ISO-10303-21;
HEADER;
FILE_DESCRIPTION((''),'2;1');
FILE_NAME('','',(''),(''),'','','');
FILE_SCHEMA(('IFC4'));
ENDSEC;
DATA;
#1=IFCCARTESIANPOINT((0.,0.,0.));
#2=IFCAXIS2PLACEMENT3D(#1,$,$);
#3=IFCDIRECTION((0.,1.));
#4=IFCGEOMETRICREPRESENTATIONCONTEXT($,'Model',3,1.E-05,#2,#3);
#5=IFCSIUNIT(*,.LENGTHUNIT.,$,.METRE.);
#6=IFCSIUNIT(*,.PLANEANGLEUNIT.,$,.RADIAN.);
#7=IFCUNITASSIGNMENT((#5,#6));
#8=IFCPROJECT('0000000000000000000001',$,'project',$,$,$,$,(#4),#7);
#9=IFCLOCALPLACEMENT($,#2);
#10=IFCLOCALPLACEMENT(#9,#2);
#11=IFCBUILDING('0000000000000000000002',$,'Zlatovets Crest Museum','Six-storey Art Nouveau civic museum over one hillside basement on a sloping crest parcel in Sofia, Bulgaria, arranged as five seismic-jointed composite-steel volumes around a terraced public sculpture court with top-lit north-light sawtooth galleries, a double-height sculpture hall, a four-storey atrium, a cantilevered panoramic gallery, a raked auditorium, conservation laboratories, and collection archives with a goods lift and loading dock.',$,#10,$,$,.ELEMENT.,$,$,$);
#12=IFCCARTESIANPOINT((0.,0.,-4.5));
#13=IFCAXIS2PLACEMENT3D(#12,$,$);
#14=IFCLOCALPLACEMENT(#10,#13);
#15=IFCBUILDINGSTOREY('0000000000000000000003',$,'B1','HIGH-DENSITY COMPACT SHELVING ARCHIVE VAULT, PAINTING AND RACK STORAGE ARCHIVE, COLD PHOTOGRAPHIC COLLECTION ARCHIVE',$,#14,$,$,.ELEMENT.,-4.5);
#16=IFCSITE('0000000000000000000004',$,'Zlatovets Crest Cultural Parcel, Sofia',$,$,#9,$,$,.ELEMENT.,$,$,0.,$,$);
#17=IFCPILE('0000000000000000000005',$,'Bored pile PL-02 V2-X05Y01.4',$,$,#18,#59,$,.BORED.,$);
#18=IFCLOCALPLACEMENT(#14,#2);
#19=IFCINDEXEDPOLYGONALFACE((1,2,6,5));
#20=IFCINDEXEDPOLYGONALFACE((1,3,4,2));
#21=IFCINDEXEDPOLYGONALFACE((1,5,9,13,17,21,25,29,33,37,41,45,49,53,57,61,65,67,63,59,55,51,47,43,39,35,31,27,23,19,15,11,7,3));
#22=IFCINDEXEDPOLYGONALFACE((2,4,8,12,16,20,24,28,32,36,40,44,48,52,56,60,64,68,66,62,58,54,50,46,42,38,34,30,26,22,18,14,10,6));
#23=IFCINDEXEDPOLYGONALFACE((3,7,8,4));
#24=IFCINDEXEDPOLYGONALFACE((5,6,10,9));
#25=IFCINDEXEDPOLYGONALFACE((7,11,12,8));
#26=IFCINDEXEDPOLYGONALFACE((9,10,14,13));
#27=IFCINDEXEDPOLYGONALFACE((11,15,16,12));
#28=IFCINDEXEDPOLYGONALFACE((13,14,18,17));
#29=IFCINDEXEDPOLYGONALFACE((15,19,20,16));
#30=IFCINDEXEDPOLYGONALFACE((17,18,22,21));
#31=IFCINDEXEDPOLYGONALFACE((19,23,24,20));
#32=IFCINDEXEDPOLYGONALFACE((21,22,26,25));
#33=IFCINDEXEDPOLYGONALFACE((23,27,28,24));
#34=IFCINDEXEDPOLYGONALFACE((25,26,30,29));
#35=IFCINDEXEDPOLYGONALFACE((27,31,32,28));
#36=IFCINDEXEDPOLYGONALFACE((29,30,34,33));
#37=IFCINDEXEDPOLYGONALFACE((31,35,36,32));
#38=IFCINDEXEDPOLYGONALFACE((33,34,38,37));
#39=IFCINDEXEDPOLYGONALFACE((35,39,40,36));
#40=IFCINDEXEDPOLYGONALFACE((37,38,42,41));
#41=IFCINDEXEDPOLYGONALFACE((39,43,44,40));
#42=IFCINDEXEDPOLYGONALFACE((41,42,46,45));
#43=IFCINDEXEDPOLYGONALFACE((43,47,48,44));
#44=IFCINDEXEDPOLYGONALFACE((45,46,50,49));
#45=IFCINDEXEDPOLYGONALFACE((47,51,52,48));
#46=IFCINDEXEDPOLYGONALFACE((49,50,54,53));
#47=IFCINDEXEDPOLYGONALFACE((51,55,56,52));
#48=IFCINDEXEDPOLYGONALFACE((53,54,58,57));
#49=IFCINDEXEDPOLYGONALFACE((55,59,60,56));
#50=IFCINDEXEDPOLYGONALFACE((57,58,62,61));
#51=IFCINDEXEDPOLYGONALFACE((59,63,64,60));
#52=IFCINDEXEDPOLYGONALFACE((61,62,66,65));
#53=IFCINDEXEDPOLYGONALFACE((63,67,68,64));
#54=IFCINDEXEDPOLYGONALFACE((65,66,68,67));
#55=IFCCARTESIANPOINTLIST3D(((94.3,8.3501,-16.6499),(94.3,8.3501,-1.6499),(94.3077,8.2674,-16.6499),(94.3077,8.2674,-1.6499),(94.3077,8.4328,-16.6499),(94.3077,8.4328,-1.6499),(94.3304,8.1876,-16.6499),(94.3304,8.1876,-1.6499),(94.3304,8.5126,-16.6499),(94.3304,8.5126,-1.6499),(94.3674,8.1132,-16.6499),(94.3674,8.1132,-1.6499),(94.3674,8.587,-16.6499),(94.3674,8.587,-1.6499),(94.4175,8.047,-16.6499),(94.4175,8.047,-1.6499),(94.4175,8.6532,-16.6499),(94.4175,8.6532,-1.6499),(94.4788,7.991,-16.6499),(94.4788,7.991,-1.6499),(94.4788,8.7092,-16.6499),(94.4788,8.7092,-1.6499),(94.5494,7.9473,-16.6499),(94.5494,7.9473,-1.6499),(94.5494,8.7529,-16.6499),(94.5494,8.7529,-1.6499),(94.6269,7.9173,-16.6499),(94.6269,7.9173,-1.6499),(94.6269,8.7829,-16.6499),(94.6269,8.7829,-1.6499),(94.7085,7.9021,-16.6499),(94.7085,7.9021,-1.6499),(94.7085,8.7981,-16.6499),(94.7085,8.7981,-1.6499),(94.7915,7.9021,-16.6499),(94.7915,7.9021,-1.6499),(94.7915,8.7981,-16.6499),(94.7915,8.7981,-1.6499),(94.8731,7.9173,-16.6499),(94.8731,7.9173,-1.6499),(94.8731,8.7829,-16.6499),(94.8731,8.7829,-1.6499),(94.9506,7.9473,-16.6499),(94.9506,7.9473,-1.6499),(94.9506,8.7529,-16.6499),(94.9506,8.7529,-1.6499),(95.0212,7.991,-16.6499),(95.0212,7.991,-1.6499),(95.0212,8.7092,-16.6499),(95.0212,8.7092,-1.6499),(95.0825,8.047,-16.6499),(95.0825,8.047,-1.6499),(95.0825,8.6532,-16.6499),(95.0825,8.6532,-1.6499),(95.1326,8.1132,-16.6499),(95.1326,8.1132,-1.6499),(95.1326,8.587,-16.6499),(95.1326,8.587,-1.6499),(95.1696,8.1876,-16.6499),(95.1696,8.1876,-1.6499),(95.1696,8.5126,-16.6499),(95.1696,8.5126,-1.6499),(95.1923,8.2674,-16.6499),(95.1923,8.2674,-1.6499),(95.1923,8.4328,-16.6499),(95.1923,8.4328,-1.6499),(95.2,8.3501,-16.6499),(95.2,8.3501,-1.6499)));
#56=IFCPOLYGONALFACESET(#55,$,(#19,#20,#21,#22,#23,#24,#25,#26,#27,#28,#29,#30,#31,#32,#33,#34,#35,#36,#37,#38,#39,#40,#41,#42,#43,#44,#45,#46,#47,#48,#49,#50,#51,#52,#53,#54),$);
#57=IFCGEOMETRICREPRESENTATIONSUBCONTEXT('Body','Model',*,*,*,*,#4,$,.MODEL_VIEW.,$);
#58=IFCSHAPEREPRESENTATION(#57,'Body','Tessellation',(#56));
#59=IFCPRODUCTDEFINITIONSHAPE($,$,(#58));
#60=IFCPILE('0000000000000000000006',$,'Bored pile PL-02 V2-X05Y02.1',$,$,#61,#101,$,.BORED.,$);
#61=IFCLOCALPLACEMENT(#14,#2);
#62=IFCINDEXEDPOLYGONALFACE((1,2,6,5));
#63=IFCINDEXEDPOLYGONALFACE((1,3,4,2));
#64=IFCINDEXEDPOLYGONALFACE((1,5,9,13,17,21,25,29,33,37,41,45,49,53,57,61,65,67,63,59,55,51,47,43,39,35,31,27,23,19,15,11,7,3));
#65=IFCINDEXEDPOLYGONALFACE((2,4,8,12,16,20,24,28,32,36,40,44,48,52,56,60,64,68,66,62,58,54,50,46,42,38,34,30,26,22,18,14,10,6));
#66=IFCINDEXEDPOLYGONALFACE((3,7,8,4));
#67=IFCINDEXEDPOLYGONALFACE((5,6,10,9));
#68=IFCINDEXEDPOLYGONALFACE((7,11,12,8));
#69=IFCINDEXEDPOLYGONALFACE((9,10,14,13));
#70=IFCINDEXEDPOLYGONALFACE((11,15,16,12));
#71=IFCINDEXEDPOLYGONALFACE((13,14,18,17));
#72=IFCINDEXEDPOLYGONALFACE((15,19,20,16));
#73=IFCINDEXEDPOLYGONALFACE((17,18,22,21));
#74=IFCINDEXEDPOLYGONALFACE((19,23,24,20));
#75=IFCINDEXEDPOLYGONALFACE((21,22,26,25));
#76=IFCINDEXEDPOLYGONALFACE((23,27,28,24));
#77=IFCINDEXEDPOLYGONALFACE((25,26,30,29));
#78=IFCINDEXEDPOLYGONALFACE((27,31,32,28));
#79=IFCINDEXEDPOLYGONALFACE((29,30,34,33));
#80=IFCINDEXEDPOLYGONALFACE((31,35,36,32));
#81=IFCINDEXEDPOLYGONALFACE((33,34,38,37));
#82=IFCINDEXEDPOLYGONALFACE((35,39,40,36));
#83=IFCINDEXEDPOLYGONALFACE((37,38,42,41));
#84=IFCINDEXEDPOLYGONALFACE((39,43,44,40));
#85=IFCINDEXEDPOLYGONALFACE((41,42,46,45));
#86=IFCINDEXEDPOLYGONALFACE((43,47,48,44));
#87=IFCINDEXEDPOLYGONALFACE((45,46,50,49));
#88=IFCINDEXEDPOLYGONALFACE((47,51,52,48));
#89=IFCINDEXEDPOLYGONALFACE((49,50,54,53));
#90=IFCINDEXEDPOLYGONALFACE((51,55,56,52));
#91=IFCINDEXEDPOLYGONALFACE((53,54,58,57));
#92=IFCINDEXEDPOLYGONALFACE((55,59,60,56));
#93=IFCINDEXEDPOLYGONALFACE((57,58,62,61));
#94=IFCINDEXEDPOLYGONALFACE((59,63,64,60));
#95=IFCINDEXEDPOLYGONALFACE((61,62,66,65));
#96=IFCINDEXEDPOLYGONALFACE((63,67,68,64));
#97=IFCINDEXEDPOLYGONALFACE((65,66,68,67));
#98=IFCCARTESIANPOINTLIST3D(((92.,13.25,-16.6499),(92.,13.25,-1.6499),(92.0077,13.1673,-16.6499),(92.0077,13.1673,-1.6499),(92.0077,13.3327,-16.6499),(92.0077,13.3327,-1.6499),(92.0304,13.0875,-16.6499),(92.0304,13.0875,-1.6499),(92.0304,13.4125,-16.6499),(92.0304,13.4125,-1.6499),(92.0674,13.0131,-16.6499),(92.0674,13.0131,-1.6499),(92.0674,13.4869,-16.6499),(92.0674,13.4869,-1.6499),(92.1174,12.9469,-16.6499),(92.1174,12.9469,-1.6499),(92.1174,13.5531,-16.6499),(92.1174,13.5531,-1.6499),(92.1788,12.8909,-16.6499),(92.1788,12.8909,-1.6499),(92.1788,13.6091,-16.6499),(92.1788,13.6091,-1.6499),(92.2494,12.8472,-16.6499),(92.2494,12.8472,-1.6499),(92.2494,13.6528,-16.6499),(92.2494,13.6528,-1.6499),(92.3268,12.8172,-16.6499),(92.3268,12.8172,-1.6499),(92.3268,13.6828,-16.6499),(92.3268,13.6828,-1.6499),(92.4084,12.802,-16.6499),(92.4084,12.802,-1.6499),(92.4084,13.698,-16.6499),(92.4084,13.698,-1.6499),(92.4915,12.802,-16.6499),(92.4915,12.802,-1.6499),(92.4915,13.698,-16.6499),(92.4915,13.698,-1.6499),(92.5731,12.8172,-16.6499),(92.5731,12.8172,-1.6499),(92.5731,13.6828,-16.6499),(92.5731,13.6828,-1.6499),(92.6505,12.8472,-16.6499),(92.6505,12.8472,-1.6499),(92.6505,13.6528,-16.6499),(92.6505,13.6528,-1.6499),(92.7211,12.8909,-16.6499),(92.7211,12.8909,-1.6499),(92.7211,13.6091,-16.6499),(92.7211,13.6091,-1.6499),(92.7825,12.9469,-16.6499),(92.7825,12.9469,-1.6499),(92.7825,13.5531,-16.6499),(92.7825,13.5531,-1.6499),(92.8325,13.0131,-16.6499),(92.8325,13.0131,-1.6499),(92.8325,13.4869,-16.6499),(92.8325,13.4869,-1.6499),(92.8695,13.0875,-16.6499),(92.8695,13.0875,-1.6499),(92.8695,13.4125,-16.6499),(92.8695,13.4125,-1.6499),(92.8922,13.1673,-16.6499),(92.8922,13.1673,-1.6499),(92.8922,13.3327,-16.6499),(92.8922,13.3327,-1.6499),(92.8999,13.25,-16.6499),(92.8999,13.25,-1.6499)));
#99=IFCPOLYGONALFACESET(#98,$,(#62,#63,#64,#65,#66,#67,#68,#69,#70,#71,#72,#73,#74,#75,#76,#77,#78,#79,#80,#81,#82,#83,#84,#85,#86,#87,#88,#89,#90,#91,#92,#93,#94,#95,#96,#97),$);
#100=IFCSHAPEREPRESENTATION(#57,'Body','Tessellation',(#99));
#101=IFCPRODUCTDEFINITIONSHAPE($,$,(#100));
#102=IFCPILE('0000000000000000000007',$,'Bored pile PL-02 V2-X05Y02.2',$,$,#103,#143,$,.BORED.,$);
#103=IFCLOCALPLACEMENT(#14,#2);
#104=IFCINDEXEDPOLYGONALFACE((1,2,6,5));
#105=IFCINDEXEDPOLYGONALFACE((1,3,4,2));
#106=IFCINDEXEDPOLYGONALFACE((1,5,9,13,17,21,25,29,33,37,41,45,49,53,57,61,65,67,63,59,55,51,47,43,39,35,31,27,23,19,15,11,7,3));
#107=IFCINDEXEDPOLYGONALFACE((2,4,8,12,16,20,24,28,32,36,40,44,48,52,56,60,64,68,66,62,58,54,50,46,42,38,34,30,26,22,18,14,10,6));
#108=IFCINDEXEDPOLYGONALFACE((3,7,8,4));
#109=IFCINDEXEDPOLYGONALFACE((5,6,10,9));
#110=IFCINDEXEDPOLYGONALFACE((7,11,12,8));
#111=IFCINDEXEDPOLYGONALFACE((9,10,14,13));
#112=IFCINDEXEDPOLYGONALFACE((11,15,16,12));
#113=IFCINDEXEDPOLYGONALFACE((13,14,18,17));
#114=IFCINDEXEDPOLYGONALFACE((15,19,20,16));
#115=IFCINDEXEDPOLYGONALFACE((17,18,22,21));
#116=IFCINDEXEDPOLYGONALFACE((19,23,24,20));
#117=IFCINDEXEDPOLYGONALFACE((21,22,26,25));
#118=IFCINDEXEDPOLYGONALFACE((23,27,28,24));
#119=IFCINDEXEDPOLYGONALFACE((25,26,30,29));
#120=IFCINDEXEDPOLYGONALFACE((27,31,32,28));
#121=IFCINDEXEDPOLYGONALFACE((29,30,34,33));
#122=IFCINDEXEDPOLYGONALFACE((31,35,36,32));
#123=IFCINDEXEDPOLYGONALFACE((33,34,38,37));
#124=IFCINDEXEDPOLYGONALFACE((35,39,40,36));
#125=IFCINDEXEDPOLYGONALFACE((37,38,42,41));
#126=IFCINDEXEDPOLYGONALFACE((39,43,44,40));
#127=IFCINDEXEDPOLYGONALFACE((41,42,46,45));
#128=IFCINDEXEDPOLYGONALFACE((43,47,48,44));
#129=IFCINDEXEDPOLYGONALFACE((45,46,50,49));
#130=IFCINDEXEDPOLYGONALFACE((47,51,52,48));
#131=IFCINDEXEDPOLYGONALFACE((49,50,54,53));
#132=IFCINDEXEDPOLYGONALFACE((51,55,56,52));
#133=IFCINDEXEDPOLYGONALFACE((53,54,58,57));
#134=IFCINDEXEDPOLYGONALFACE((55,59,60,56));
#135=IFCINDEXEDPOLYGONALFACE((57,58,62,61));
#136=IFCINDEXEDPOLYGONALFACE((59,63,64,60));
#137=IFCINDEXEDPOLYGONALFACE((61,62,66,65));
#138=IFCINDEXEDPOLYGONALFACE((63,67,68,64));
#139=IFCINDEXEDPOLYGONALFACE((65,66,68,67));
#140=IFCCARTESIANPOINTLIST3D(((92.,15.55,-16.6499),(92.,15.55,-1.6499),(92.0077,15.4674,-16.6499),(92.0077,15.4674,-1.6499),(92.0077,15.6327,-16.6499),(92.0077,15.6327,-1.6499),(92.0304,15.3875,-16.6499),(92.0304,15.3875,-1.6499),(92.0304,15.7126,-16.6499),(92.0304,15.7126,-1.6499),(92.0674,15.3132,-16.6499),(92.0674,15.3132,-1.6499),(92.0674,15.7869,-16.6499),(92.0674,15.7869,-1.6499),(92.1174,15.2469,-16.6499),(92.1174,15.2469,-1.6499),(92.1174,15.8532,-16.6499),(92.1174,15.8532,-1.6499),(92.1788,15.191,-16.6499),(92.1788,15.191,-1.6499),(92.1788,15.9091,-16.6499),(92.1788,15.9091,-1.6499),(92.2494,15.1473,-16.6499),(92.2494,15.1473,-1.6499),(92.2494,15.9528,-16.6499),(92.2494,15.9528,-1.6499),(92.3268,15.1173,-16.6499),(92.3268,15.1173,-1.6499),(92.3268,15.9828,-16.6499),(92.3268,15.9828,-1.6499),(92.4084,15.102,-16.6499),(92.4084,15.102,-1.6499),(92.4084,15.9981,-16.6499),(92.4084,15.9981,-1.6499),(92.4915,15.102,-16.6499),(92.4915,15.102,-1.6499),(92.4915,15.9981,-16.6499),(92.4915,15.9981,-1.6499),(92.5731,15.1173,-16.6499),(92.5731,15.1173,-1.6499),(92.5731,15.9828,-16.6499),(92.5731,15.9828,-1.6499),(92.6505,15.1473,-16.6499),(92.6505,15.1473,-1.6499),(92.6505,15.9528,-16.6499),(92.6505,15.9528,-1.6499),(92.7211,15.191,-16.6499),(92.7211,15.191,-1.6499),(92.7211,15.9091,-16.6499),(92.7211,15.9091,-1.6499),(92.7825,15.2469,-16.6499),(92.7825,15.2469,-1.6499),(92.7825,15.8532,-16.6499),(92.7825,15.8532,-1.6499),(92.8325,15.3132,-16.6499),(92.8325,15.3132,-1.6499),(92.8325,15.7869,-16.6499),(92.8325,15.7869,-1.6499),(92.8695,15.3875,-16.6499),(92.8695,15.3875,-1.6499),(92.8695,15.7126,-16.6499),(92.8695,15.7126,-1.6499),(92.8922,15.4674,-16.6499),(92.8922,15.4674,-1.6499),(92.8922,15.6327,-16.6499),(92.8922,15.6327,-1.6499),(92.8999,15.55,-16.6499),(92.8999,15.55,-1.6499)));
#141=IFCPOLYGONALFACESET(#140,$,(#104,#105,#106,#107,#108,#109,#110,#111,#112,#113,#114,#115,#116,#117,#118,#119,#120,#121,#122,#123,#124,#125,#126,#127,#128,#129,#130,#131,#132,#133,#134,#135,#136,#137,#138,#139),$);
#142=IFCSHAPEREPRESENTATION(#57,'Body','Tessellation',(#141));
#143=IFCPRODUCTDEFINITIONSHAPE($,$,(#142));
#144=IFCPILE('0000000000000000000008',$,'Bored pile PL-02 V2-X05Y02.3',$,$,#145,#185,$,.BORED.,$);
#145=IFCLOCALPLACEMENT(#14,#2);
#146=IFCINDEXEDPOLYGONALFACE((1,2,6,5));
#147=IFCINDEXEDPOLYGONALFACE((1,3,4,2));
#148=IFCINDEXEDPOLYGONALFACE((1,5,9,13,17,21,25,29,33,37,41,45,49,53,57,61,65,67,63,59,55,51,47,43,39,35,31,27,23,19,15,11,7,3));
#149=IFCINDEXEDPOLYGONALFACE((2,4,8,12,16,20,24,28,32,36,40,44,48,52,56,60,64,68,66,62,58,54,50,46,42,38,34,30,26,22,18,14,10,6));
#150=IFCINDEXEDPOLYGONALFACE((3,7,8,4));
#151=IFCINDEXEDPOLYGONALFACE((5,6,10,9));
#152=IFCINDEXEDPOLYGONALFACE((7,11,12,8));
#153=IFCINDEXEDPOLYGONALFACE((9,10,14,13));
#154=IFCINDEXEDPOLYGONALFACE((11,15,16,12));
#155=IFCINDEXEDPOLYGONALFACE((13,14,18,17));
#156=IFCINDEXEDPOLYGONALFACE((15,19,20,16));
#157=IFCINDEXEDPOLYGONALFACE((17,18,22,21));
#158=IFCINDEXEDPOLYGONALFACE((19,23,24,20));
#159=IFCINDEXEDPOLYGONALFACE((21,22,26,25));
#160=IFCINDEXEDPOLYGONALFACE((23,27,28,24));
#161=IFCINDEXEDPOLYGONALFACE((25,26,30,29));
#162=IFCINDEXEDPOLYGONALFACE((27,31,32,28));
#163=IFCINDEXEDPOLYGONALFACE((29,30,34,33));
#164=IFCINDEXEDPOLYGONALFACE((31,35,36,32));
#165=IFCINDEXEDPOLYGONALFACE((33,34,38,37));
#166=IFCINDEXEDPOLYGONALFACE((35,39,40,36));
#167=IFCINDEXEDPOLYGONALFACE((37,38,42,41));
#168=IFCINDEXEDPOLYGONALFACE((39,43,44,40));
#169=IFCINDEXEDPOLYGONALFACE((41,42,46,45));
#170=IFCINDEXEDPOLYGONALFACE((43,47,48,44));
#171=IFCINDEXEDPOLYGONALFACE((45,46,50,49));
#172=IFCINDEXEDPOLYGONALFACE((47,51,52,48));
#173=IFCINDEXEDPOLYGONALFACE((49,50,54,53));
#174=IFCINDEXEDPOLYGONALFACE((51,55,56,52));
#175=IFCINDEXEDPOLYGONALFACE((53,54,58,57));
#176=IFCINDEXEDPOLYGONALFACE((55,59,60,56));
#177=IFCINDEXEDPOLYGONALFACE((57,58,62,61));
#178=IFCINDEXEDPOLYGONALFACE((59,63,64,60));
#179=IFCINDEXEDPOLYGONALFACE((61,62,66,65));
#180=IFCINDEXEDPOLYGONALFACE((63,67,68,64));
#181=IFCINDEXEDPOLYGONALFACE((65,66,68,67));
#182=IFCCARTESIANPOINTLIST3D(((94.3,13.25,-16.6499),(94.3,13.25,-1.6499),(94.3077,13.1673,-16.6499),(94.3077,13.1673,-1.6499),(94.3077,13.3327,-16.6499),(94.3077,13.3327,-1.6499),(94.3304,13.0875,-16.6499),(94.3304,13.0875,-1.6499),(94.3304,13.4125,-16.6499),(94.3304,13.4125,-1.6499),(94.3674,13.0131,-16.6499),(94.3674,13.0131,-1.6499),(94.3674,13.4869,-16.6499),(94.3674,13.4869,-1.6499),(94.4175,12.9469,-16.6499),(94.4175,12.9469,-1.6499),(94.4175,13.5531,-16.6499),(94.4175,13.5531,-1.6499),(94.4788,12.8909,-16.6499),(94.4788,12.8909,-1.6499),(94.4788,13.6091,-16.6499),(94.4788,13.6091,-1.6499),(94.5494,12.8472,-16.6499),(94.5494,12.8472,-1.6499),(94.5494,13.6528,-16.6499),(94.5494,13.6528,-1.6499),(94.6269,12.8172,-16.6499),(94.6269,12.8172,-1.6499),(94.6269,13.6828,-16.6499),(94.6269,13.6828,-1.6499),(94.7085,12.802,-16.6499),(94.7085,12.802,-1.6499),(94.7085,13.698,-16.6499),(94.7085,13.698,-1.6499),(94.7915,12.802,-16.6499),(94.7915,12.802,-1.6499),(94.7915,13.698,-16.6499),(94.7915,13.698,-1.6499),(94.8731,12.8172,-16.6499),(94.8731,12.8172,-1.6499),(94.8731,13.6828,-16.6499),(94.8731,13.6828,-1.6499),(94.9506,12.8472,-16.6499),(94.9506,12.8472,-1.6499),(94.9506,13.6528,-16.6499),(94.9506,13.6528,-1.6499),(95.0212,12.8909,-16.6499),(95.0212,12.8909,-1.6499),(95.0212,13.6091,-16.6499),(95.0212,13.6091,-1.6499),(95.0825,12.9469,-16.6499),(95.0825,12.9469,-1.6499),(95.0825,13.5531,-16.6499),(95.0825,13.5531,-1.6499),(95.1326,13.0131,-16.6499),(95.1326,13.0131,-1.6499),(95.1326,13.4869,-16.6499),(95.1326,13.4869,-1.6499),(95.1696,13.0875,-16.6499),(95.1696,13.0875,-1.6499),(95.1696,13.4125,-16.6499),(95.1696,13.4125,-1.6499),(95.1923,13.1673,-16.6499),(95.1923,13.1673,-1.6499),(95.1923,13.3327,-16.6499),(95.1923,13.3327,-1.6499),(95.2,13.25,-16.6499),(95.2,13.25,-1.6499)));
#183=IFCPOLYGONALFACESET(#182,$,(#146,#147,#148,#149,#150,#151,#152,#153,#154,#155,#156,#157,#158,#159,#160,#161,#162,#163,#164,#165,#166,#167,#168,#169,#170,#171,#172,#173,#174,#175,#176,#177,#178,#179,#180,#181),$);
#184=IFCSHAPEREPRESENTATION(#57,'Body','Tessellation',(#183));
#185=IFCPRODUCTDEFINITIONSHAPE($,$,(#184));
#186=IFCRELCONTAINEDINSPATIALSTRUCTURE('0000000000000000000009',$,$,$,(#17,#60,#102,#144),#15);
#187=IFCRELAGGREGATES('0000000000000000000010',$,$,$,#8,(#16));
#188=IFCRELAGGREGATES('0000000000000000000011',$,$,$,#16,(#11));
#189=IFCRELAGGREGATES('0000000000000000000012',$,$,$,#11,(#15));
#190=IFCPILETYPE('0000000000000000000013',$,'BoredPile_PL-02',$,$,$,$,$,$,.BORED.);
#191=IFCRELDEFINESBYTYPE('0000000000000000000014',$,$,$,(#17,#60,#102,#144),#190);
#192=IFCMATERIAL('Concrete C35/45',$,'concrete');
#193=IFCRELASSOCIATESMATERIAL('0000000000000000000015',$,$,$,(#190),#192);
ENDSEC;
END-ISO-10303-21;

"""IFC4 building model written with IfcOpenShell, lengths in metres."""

from ifc_helpers import new_model, si_unit, direction, frame, origin, origin_2d, place, context, subcontext, project, spatial, circle, extrude, material, material_profile, profile_set, type_object, element, save


model = new_model("IFC4")

# Units and contexts
model_context = context("Model", 3, precision=1e-05, world=origin(), true_north=direction((0.0, 1.0)))
body_context = subcontext(model_context, "Body", "Model", "MODEL_VIEW")
ifc_project = project(units=[si_unit("LENGTHUNIT", "METRE"), si_unit("PLANEANGLEUNIT", "RADIAN")], contexts=[model_context])

# Site, building, storey
site_placement = place(None, origin())
site = spatial("IfcSite", under=ifc_project, at=site_placement, Name="Zlatovets Crest Cultural Parcel, Sofia", CompositionType="ELEMENT", RefElevation=0.0)
building_placement = place(site_placement, origin())
building = spatial("IfcBuilding", under=site, at=building_placement, Name="Zlatovets Crest Museum", Description="Six-storey Art Nouveau civic museum over one hillside basement on a sloping crest parcel in Sofia, Bulgaria, arranged as five seismic-jointed composite-steel volumes around a terraced public sculpture court with top-lit north-light sawtooth galleries, a double-height sculpture hall, a four-storey atrium, a cantilevered panoramic gallery, a raked auditorium, conservation laboratories, and collection archives with a goods lift and loading dock.", CompositionType="ELEMENT")
storey_placement = place(building_placement, frame((0.0, 0.0, -4.5)))
storey = spatial("IfcBuildingStorey", under=building, at=storey_placement, Name="B1", Description="HIGH-DENSITY COMPACT SHELVING ARCHIVE VAULT, PAINTING AND RACK STORAGE ARCHIVE, COLD PHOTOGRAPHIC COLLECTION ARCHIVE", CompositionType="ELEMENT", Elevation=-4.5)

# Piles
ifc_material_1 = material(Name="Concrete C35/45", Category="concrete")
ifc_material_profile_1 = material_profile(ifc_material_1, circle(Radius=0.45, at=origin_2d()), Name="PILE D900")
ifc_profile_set_1 = profile_set([ifc_material_profile_1], Name="Concrete C35/45")
pile_type = type_object("IfcPileType", Name="BoredPile_PL-02", PredefinedType="BORED", material=ifc_profile_set_1)
for number, where, z_axis, x_axis, name in (
    (1, (94.75, 8.3501, -1.6499), (0.0, 0.0, -1.0), (1.0, 0.0, 0.0), "Bored pile PL-02 V2-X05Y01.4"),
    (2, (92.45, 13.25, -1.6499), (0.0, 0.0, -1.0), (1.0, 0.0, 0.0), "Bored pile PL-02 V2-X05Y02.1"),
    (3, (92.45, 15.55, -1.6499), (0.0, 0.0, -1.0), (1.0, 0.0, 0.0), "Bored pile PL-02 V2-X05Y02.2"),
    (4, (94.75, 13.25, -1.6499), (0.0, 0.0, -1.0), (1.0, 0.0, 0.0), "Bored pile PL-02 V2-X05Y02.3"),
):
    element("IfcPile", number, at=place(storey_placement, frame(where, z_axis=z_axis, x_axis=x_axis)), inside=storey, type_object=pile_type, Name=name, PredefinedType="BORED", context=body_context, shape_type="SweptSolid", body=[
        extrude(circle(Radius=0.45, at=origin_2d()), origin(), (0.0, 0.0, 1.0), 15.0),
    ])

save(model, "model.ifc")
